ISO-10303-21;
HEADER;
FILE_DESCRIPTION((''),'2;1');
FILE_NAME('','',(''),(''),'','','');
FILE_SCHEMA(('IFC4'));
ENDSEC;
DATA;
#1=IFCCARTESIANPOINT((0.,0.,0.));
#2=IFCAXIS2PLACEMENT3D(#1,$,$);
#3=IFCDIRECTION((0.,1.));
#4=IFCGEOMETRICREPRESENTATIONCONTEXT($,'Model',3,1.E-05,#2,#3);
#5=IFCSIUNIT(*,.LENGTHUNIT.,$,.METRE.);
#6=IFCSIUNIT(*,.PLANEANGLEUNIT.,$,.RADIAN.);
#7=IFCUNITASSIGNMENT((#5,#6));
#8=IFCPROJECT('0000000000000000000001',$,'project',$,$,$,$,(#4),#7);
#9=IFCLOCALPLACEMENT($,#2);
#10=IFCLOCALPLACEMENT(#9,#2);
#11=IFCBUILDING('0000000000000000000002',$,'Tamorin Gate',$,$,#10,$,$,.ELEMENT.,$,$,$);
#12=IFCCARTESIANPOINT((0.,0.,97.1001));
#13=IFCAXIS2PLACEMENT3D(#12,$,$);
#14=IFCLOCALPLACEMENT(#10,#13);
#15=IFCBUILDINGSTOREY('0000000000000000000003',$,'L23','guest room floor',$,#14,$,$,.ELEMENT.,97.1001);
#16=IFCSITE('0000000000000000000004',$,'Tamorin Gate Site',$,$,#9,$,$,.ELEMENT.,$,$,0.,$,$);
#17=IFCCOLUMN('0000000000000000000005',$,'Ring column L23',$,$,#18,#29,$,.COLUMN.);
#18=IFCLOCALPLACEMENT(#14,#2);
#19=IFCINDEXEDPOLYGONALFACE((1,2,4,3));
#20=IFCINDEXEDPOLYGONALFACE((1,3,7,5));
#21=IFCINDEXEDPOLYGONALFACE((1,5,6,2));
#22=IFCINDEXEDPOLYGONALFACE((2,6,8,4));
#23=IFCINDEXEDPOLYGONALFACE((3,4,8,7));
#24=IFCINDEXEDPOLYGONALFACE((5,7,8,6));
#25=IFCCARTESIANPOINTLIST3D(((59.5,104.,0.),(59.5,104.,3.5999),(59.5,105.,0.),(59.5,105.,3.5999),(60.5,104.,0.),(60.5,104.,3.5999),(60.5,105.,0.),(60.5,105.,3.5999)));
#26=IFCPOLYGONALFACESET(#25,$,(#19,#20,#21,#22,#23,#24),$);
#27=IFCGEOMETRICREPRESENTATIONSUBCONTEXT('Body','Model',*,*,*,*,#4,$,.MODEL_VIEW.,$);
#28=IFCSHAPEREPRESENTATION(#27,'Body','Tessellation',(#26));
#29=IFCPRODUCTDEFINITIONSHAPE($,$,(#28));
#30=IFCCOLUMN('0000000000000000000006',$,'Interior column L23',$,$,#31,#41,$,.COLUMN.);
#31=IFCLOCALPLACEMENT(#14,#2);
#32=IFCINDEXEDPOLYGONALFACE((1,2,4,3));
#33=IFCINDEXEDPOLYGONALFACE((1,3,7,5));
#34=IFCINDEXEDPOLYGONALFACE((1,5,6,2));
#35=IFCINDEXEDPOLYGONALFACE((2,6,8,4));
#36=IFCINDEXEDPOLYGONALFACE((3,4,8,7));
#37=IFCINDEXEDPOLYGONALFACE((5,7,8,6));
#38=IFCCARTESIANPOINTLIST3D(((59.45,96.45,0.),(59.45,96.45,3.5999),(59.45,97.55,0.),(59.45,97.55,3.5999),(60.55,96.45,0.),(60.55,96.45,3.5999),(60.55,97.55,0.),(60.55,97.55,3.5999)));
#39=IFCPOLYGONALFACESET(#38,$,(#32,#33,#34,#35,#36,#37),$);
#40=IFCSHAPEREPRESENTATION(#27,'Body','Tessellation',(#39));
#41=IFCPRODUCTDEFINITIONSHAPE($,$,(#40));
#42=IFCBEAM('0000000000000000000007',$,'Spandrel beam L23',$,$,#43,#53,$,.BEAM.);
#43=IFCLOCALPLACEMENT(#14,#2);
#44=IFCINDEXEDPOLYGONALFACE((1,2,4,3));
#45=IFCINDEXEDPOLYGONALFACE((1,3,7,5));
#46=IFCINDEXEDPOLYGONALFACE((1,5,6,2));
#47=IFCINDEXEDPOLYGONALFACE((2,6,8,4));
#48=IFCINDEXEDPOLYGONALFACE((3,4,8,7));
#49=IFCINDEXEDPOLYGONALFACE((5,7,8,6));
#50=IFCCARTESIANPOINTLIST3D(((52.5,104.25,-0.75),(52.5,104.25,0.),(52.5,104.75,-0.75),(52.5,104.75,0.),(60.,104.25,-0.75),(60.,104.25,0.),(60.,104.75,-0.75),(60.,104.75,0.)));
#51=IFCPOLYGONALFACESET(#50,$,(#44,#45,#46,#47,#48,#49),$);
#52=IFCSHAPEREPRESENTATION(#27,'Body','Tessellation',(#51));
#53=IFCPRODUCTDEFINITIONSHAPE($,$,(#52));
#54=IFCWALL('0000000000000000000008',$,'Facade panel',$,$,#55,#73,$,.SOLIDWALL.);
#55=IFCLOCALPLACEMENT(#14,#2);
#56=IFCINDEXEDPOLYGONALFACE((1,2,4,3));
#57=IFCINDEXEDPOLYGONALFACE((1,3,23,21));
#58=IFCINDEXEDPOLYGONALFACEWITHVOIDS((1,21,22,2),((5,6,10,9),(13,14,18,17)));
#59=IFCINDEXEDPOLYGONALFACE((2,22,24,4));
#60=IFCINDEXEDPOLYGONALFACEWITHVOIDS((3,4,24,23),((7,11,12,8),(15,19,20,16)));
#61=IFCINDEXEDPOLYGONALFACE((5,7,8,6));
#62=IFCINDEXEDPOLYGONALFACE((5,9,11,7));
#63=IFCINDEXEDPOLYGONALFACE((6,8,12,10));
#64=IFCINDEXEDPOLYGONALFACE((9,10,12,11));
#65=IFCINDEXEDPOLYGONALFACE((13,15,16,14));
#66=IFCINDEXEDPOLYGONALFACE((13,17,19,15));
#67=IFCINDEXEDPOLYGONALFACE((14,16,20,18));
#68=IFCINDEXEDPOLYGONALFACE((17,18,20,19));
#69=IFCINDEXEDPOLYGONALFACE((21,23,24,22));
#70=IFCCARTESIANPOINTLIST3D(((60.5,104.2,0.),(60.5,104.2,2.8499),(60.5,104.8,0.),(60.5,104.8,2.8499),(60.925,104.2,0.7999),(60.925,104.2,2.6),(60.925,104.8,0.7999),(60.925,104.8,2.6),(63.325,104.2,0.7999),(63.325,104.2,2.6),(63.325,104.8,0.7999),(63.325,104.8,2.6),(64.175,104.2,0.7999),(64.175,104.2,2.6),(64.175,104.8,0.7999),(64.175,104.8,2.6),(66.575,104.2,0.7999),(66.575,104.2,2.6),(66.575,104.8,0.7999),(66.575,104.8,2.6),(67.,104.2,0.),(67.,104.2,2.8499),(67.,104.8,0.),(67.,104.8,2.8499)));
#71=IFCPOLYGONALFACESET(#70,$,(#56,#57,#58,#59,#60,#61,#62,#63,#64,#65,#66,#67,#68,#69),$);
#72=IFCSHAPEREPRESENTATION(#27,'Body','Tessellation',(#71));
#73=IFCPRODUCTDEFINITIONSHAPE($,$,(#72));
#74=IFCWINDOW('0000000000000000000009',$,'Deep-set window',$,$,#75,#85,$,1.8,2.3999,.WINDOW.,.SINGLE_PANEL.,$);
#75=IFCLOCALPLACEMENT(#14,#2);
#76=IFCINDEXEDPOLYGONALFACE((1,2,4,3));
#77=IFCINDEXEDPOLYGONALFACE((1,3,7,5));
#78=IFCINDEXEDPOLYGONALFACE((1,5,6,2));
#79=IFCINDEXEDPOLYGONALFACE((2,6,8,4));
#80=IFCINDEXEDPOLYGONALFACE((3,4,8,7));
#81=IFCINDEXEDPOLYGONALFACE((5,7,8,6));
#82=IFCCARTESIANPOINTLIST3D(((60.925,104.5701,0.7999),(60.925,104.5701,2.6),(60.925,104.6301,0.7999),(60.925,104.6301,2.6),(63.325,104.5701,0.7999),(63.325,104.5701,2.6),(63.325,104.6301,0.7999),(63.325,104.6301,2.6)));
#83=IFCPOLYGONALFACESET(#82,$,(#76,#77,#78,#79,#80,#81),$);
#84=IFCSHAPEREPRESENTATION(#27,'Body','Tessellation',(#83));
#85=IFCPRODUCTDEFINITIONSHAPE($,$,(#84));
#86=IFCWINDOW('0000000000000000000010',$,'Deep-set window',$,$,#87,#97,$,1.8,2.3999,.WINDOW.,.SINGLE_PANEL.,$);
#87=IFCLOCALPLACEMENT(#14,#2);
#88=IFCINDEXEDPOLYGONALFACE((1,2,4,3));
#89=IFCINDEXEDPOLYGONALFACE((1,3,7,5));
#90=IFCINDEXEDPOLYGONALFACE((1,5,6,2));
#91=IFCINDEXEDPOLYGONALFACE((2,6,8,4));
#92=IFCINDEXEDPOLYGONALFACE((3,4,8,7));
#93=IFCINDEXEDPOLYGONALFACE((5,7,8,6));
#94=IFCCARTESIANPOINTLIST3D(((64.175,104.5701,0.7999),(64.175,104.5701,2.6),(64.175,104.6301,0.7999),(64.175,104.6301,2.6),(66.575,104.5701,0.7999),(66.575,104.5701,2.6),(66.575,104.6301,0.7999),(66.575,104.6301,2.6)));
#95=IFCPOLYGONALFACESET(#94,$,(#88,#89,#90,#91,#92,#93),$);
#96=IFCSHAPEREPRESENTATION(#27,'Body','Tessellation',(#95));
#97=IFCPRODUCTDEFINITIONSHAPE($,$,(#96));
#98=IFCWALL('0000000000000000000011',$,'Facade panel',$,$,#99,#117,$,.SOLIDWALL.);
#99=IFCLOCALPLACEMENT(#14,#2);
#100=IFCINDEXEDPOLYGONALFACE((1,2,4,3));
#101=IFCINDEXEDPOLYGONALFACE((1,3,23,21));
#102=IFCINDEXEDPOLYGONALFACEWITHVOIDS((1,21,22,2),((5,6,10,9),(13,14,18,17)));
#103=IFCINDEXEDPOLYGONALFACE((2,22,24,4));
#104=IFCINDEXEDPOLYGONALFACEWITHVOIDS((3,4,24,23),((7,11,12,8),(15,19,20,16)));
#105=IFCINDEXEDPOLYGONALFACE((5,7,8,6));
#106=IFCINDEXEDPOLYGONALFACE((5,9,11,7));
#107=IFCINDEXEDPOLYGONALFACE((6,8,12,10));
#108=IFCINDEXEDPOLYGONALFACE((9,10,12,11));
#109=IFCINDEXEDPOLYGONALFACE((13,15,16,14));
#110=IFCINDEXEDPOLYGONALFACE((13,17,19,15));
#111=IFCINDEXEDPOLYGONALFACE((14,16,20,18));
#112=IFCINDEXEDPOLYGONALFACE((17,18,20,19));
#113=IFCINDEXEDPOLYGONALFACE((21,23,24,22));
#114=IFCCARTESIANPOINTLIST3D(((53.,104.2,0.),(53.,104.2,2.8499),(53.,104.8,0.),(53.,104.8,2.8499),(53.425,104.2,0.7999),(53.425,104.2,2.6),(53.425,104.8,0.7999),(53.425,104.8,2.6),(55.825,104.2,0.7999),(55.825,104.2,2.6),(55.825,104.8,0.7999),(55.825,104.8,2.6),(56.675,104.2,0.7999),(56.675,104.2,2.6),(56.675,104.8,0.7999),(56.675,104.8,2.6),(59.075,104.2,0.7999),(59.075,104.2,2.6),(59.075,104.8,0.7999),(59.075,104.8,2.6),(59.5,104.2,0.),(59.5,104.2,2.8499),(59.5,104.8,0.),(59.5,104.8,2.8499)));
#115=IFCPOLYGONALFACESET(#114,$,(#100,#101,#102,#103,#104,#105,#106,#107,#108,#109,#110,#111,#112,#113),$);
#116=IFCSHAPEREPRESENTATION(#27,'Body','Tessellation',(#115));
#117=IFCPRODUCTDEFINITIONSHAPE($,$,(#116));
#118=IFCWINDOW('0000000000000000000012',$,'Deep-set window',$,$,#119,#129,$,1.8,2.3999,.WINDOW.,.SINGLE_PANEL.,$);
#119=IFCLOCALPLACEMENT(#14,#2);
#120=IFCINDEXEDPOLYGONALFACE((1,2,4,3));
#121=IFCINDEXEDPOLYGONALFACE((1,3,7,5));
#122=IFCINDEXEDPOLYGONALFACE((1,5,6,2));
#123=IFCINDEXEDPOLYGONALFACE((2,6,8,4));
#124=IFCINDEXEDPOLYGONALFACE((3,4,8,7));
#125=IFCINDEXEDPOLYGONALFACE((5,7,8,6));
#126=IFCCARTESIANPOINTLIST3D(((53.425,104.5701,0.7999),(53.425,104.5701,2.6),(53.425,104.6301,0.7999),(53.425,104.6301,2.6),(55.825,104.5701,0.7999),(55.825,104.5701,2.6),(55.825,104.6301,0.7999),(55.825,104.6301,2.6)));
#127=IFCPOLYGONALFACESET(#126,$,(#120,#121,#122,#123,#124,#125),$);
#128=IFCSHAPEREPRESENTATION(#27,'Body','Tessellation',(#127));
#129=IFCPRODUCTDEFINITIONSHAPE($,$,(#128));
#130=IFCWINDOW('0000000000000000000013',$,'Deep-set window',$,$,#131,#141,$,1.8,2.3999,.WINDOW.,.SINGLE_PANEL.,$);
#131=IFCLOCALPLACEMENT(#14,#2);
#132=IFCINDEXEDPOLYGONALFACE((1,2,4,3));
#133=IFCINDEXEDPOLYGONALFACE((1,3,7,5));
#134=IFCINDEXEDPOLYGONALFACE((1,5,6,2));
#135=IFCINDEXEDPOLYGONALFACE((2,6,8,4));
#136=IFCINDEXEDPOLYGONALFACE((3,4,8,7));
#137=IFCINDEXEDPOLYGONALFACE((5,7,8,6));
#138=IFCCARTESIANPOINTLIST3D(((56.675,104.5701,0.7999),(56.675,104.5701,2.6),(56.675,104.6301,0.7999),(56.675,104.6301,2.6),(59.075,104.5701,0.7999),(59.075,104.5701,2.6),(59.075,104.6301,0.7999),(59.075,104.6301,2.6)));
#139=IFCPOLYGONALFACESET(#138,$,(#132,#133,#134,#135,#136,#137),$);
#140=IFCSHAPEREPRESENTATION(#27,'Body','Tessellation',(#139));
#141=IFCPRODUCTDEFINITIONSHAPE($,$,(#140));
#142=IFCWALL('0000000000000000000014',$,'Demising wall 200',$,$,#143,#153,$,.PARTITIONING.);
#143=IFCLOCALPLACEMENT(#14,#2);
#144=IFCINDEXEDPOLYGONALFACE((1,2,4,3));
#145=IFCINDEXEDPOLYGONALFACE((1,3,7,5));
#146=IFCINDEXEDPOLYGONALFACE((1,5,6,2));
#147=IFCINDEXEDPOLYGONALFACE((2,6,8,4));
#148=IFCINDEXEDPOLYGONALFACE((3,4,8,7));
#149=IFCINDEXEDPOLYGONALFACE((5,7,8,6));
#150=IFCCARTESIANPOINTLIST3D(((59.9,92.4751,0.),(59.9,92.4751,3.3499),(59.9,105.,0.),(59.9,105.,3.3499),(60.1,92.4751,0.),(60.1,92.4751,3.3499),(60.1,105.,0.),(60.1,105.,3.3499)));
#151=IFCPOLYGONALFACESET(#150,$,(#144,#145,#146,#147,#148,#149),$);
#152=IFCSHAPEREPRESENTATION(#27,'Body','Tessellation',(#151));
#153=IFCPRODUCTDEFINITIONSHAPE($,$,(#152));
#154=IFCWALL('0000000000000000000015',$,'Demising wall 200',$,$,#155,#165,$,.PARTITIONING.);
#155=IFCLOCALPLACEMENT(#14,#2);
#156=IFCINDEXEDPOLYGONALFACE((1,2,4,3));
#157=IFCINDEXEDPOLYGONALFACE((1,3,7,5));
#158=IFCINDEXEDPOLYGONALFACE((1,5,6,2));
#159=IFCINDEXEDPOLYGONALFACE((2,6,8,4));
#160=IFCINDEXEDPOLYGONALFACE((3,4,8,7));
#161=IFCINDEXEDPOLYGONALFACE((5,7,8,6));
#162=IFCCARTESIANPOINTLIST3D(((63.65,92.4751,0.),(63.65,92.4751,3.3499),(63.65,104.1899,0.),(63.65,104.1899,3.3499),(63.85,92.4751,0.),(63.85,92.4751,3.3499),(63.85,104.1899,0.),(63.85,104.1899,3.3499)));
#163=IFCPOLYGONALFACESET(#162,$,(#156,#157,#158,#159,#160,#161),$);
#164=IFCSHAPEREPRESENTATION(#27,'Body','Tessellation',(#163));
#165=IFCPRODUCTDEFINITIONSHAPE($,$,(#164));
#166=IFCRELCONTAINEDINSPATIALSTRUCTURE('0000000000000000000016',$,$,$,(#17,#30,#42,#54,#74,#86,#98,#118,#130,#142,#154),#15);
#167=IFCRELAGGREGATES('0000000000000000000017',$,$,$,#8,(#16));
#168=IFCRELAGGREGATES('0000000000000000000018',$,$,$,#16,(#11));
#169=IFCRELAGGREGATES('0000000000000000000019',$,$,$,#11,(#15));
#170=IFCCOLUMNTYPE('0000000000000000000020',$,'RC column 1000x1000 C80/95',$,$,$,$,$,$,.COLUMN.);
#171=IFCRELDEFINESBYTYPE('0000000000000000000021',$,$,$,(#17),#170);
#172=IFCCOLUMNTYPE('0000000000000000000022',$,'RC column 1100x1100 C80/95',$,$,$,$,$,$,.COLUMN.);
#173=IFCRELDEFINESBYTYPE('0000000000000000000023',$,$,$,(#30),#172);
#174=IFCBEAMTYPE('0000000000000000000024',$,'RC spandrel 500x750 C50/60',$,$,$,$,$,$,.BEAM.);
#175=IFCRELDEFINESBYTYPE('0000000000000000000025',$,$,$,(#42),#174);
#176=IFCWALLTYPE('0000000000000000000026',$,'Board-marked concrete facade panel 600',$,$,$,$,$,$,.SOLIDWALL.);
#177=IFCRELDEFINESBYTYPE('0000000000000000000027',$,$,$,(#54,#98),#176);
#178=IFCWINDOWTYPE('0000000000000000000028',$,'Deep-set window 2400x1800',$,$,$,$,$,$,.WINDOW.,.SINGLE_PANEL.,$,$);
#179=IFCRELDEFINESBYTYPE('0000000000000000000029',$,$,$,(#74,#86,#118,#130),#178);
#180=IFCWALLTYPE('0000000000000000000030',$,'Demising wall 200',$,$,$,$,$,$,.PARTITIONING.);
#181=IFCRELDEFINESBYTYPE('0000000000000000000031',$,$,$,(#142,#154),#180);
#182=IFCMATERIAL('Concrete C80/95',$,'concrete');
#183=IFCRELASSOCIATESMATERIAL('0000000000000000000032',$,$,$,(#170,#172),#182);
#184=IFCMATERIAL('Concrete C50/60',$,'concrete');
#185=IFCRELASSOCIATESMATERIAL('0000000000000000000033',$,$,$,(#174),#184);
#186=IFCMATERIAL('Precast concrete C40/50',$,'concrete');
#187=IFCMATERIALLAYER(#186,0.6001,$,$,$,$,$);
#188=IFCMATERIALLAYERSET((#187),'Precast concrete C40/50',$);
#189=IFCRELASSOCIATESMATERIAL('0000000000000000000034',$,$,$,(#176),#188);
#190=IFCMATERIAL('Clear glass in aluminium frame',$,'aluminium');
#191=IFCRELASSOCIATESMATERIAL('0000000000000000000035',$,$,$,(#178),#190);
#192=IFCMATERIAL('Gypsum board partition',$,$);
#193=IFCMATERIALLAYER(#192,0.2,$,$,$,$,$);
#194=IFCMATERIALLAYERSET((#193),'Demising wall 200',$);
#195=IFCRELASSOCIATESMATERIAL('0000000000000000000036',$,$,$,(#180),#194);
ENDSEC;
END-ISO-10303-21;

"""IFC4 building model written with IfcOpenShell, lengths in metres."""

from ifc_helpers import new_model, si_unit, direction, frame, frame_2d, origin, origin_2d, place, context, subcontext, project, spatial, rectangle, extrude, material, layer, layer_set, material_profile, profile_set, type_object, element, fill, save


model = new_model("IFC4")

# Units and contexts
model_context = context("Model", 3, precision=1e-05, world=origin(), true_north=direction((0.0, 1.0)))
body_context = subcontext(model_context, "Body", "Model", "MODEL_VIEW")
ifc_project = project(units=[si_unit("LENGTHUNIT", "METRE"), si_unit("PLANEANGLEUNIT", "RADIAN")], contexts=[model_context])

# Site, building, storey
site_placement = place(None, origin())
site = spatial("IfcSite", under=ifc_project, at=site_placement, Name="Tamorin Gate Site", CompositionType="ELEMENT", RefElevation=0.0)
building_placement = place(site_placement, origin())
building = spatial("IfcBuilding", under=site, at=building_placement, Name="Tamorin Gate", CompositionType="ELEMENT")
storey_placement = place(building_placement, frame((0.0, 0.0, 97.1001)))
storey = spatial("IfcBuildingStorey", under=building, at=storey_placement, Name="L23", Description="guest room floor", CompositionType="ELEMENT", Elevation=97.1001)

# Columns
ifc_material_1 = material(Name="Concrete C80/95", Category="concrete")
ifc_material_profile_1 = material_profile(ifc_material_1, rectangle(XDim=1.0, YDim=1.0, at=origin_2d()), Name="RC 1000x1000")
ifc_profile_set_1 = profile_set([ifc_material_profile_1], Name="Concrete C80/95")
column_type_1 = type_object("IfcColumnType", Name="RC column 1000x1000 C80/95", PredefinedType="COLUMN", material=ifc_profile_set_1)
column_1_placement = place(storey_placement, frame((60.0, 104.5, 0.0), z_axis=(0.0, 0.0, 1.0), x_axis=(1.0, 0.0, 0.0)))
element("IfcColumn", 1, at=column_1_placement, inside=storey, type_object=column_type_1, Name="Ring column L23", PredefinedType="COLUMN", context=body_context, shape_type="SweptSolid", body=[
    extrude(rectangle(XDim=1.0, YDim=1.0, at=origin_2d()), origin(), (0.0, 0.0, 1.0), 3.5999),
])
ifc_material_profile_2 = material_profile(ifc_material_1, rectangle(XDim=1.1001, YDim=1.1001, at=origin_2d()), Name="RC 1100x1100")
ifc_profile_set_2 = profile_set([ifc_material_profile_2], Name="Concrete C80/95")
column_type_2 = type_object("IfcColumnType", Name="RC column 1100x1100 C80/95", PredefinedType="COLUMN", material=ifc_profile_set_2)
column_2_placement = place(storey_placement, frame((60.0, 97.0, 0.0), z_axis=(0.0, 0.0, 1.0), x_axis=(1.0, 0.0, 0.0)))
element("IfcColumn", 2, at=column_2_placement, inside=storey, type_object=column_type_2, Name="Interior column L23", PredefinedType="COLUMN", context=body_context, shape_type="SweptSolid", body=[
    extrude(rectangle(XDim=1.1001, YDim=1.1001, at=origin_2d()), origin(), (0.0, 0.0, 1.0), 3.5999),
])

# Beam
ifc_material_2 = material(Name="Concrete C50/60", Category="concrete")
ifc_material_profile_3 = material_profile(ifc_material_2, rectangle(XDim=0.5, YDim=0.75, at=origin_2d()), Name="RC 500x750")
ifc_profile_set_3 = profile_set([ifc_material_profile_3], Name="Concrete C50/60")
beam_type = type_object("IfcBeamType", Name="RC spandrel 500x750 C50/60", PredefinedType="BEAM", material=ifc_profile_set_3)
beam_placement = place(storey_placement, frame((60.0, 104.5, -0.375), z_axis=(-1.0, 0.0, 0.0), x_axis=(0.0, -1.0, 0.0)))
element("IfcBeam", 3, at=beam_placement, inside=storey, type_object=beam_type, Name="Spandrel beam L23", PredefinedType="BEAM", context=body_context, shape_type="SweptSolid", body=[
    extrude(rectangle(XDim=0.5, YDim=0.75, at=origin_2d()), origin(), (0.0, 0.0, 1.0), 7.5),
])

# Walls, openings, windows
ifc_material_3 = material(Name="Precast concrete C40/50", Category="concrete")
ifc_layer_1 = layer(ifc_material_3, 0.6001)
ifc_layer_set_1 = layer_set([ifc_layer_1], Name="Precast concrete C40/50")
wall_type_1 = type_object("IfcWallType", Name="Board-marked concrete facade panel 600", PredefinedType="SOLIDWALL", material=ifc_layer_set_1)
wall_1_placement = place(storey_placement, frame((67.0, 104.5, 0.0), z_axis=(0.0, 0.0, 1.0), x_axis=(-1.0, 0.0, 0.0)))
wall_1 = element("IfcWall", 4, at=wall_1_placement, inside=storey, type_object=wall_type_1, Name="Facade panel", PredefinedType="SOLIDWALL", context=body_context, shape_type="SweptSolid", body=[
    extrude(rectangle(XDim=6.5, YDim=0.6001, at=frame_2d((3.25, 0.0))), origin(), (0.0, 0.0, 1.0), 2.8499),
])
opening_1_placement = place(wall_1_placement, frame((3.675, 0.0, 0.8)))
opening_1 = element("IfcOpeningElement", 5, at=opening_1_placement, cuts=wall_1, PredefinedType="OPENING", context=body_context, shape_type="SweptSolid", body=[
    extrude(rectangle(XDim=2.3999, YDim=1.8, at=frame_2d((1.2, 0.8999))), frame((0.0, 0.3101, 0.0), z_axis=(0.0, -1.0, 0.0), x_axis=(1.0, 0.0, 0.0)), (0.0, 0.0, 1.0), 0.6201),
])
opening_2_placement = place(wall_1_placement, frame((0.425, 0.0, 0.8)))
opening_2 = element("IfcOpeningElement", 6, at=opening_2_placement, cuts=wall_1, PredefinedType="OPENING", context=body_context, shape_type="SweptSolid", body=[
    extrude(rectangle(XDim=2.3999, YDim=1.8, at=frame_2d((1.2, 0.8999))), frame((0.0, 0.3101, 0.0), z_axis=(0.0, -1.0, 0.0), x_axis=(1.0, 0.0, 0.0)), (0.0, 0.0, 1.0), 0.6201),
])
ifc_material_4 = material(Name="Clear glass in aluminium frame", Category="aluminium")
window_type = type_object("IfcWindowType", Name="Deep-set window 2400x1800", PartitioningType="SINGLE_PANEL", PredefinedType="WINDOW", material=ifc_material_4)
window_1_placement = place(opening_1_placement, origin())
window_1 = element("IfcWindow", 7, at=window_1_placement, inside=storey, type_object=window_type, Name="Deep-set window", OverallHeight=1.8, OverallWidth=2.3999, PartitioningType="SINGLE_PANEL", PredefinedType="WINDOW", context=body_context, shape_type="SweptSolid", body=[
    extrude(rectangle(XDim=2.3999, YDim=1.8, at=frame_2d((1.2, 0.8999))), frame((0.0, -0.0701, 0.0), z_axis=(0.0, -1.0, 0.0), x_axis=(1.0, 0.0, 0.0)), (0.0, 0.0, 1.0), 0.0601),
])
fill(opening_1, window_1)
window_2_placement = place(opening_2_placement, origin())
window_2 = element("IfcWindow", 8, at=window_2_placement, inside=storey, type_object=window_type, Name="Deep-set window", OverallHeight=1.8, OverallWidth=2.3999, PartitioningType="SINGLE_PANEL", PredefinedType="WINDOW", context=body_context, shape_type="SweptSolid", body=[
    extrude(rectangle(XDim=2.3999, YDim=1.8, at=frame_2d((1.2, 0.8999))), frame((0.0, -0.0701, 0.0), z_axis=(0.0, -1.0, 0.0), x_axis=(1.0, 0.0, 0.0)), (0.0, 0.0, 1.0), 0.0601),
])
fill(opening_2, window_2)
wall_2_placement = place(storey_placement, frame((59.5, 104.5, 0.0), z_axis=(0.0, 0.0, 1.0), x_axis=(-1.0, 0.0, 0.0)))
wall_2 = element("IfcWall", 9, at=wall_2_placement, inside=storey, type_object=wall_type_1, Name="Facade panel", PredefinedType="SOLIDWALL", context=body_context, shape_type="SweptSolid", body=[
    extrude(rectangle(XDim=6.5, YDim=0.6001, at=frame_2d((3.25, 0.0))), origin(), (0.0, 0.0, 1.0), 2.8499),
])
opening_3_placement = place(wall_2_placement, frame((3.675, 0.0, 0.8)))
opening_3 = element("IfcOpeningElement", 10, at=opening_3_placement, cuts=wall_2, PredefinedType="OPENING", context=body_context, shape_type="SweptSolid", body=[
    extrude(rectangle(XDim=2.3999, YDim=1.8, at=frame_2d((1.2, 0.8999))), frame((0.0, 0.3101, 0.0), z_axis=(0.0, -1.0, 0.0), x_axis=(1.0, 0.0, 0.0)), (0.0, 0.0, 1.0), 0.6201),
])
opening_4_placement = place(wall_2_placement, frame((0.425, 0.0, 0.8)))
opening_4 = element("IfcOpeningElement", 11, at=opening_4_placement, cuts=wall_2, PredefinedType="OPENING", context=body_context, shape_type="SweptSolid", body=[
    extrude(rectangle(XDim=2.3999, YDim=1.8, at=frame_2d((1.2, 0.8999))), frame((0.0, 0.3101, 0.0), z_axis=(0.0, -1.0, 0.0), x_axis=(1.0, 0.0, 0.0)), (0.0, 0.0, 1.0), 0.6201),
])
window_3_placement = place(opening_3_placement, origin())
window_3 = element("IfcWindow", 12, at=window_3_placement, inside=storey, type_object=window_type, Name="Deep-set window", OverallHeight=1.8, OverallWidth=2.3999, PartitioningType="SINGLE_PANEL", PredefinedType="WINDOW", context=body_context, shape_type="SweptSolid", body=[
    extrude(rectangle(XDim=2.3999, YDim=1.8, at=frame_2d((1.2, 0.8999))), frame((0.0, -0.0701, 0.0), z_axis=(0.0, -1.0, 0.0), x_axis=(1.0, 0.0, 0.0)), (0.0, 0.0, 1.0), 0.0601),
])
fill(opening_3, window_3)
window_4_placement = place(opening_4_placement, origin())
window_4 = element("IfcWindow", 13, at=window_4_placement, inside=storey, type_object=window_type, Name="Deep-set window", OverallHeight=1.8, OverallWidth=2.3999, PartitioningType="SINGLE_PANEL", PredefinedType="WINDOW", context=body_context, shape_type="SweptSolid", body=[
    extrude(rectangle(XDim=2.3999, YDim=1.8, at=frame_2d((1.2, 0.8999))), frame((0.0, -0.0701, 0.0), z_axis=(0.0, -1.0, 0.0), x_axis=(1.0, 0.0, 0.0)), (0.0, 0.0, 1.0), 0.0601),
])
fill(opening_4, window_4)

# Walls
ifc_material_5 = material(Name="Gypsum board partition")
ifc_layer_2 = layer(ifc_material_5, 0.2)
ifc_layer_set_2 = layer_set([ifc_layer_2], Name="Demising wall 200")
wall_type_2 = type_object("IfcWallType", Name="Demising wall 200", PredefinedType="PARTITIONING", material=ifc_layer_set_2)
wall_3_placement = place(storey_placement, frame((60.0, 92.4751, 0.0), z_axis=(0.0, 0.0, 1.0), x_axis=(0.0, 1.0, 0.0)))
element("IfcWall", 14, at=wall_3_placement, inside=storey, type_object=wall_type_2, Name="Demising wall 200", PredefinedType="PARTITIONING", context=body_context, shape_type="SweptSolid", body=[
    extrude(rectangle(XDim=12.5249, YDim=0.2, at=frame_2d((6.2625, 0.0))), origin(), (0.0, 0.0, 1.0), 3.3499),
])
wall_4_placement = place(storey_placement, frame((63.75, 92.4751, 0.0), z_axis=(0.0, 0.0, 1.0), x_axis=(0.0, 1.0, 0.0)))
element("IfcWall", 15, at=wall_4_placement, inside=storey, type_object=wall_type_2, Name="Demising wall 200", PredefinedType="PARTITIONING", context=body_context, shape_type="SweptSolid", body=[
    extrude(rectangle(XDim=11.7148, YDim=0.2, at=frame_2d((5.8574, 0.0))), origin(), (0.0, 0.0, 1.0), 3.3499),
])

save(model, "model.ifc")
